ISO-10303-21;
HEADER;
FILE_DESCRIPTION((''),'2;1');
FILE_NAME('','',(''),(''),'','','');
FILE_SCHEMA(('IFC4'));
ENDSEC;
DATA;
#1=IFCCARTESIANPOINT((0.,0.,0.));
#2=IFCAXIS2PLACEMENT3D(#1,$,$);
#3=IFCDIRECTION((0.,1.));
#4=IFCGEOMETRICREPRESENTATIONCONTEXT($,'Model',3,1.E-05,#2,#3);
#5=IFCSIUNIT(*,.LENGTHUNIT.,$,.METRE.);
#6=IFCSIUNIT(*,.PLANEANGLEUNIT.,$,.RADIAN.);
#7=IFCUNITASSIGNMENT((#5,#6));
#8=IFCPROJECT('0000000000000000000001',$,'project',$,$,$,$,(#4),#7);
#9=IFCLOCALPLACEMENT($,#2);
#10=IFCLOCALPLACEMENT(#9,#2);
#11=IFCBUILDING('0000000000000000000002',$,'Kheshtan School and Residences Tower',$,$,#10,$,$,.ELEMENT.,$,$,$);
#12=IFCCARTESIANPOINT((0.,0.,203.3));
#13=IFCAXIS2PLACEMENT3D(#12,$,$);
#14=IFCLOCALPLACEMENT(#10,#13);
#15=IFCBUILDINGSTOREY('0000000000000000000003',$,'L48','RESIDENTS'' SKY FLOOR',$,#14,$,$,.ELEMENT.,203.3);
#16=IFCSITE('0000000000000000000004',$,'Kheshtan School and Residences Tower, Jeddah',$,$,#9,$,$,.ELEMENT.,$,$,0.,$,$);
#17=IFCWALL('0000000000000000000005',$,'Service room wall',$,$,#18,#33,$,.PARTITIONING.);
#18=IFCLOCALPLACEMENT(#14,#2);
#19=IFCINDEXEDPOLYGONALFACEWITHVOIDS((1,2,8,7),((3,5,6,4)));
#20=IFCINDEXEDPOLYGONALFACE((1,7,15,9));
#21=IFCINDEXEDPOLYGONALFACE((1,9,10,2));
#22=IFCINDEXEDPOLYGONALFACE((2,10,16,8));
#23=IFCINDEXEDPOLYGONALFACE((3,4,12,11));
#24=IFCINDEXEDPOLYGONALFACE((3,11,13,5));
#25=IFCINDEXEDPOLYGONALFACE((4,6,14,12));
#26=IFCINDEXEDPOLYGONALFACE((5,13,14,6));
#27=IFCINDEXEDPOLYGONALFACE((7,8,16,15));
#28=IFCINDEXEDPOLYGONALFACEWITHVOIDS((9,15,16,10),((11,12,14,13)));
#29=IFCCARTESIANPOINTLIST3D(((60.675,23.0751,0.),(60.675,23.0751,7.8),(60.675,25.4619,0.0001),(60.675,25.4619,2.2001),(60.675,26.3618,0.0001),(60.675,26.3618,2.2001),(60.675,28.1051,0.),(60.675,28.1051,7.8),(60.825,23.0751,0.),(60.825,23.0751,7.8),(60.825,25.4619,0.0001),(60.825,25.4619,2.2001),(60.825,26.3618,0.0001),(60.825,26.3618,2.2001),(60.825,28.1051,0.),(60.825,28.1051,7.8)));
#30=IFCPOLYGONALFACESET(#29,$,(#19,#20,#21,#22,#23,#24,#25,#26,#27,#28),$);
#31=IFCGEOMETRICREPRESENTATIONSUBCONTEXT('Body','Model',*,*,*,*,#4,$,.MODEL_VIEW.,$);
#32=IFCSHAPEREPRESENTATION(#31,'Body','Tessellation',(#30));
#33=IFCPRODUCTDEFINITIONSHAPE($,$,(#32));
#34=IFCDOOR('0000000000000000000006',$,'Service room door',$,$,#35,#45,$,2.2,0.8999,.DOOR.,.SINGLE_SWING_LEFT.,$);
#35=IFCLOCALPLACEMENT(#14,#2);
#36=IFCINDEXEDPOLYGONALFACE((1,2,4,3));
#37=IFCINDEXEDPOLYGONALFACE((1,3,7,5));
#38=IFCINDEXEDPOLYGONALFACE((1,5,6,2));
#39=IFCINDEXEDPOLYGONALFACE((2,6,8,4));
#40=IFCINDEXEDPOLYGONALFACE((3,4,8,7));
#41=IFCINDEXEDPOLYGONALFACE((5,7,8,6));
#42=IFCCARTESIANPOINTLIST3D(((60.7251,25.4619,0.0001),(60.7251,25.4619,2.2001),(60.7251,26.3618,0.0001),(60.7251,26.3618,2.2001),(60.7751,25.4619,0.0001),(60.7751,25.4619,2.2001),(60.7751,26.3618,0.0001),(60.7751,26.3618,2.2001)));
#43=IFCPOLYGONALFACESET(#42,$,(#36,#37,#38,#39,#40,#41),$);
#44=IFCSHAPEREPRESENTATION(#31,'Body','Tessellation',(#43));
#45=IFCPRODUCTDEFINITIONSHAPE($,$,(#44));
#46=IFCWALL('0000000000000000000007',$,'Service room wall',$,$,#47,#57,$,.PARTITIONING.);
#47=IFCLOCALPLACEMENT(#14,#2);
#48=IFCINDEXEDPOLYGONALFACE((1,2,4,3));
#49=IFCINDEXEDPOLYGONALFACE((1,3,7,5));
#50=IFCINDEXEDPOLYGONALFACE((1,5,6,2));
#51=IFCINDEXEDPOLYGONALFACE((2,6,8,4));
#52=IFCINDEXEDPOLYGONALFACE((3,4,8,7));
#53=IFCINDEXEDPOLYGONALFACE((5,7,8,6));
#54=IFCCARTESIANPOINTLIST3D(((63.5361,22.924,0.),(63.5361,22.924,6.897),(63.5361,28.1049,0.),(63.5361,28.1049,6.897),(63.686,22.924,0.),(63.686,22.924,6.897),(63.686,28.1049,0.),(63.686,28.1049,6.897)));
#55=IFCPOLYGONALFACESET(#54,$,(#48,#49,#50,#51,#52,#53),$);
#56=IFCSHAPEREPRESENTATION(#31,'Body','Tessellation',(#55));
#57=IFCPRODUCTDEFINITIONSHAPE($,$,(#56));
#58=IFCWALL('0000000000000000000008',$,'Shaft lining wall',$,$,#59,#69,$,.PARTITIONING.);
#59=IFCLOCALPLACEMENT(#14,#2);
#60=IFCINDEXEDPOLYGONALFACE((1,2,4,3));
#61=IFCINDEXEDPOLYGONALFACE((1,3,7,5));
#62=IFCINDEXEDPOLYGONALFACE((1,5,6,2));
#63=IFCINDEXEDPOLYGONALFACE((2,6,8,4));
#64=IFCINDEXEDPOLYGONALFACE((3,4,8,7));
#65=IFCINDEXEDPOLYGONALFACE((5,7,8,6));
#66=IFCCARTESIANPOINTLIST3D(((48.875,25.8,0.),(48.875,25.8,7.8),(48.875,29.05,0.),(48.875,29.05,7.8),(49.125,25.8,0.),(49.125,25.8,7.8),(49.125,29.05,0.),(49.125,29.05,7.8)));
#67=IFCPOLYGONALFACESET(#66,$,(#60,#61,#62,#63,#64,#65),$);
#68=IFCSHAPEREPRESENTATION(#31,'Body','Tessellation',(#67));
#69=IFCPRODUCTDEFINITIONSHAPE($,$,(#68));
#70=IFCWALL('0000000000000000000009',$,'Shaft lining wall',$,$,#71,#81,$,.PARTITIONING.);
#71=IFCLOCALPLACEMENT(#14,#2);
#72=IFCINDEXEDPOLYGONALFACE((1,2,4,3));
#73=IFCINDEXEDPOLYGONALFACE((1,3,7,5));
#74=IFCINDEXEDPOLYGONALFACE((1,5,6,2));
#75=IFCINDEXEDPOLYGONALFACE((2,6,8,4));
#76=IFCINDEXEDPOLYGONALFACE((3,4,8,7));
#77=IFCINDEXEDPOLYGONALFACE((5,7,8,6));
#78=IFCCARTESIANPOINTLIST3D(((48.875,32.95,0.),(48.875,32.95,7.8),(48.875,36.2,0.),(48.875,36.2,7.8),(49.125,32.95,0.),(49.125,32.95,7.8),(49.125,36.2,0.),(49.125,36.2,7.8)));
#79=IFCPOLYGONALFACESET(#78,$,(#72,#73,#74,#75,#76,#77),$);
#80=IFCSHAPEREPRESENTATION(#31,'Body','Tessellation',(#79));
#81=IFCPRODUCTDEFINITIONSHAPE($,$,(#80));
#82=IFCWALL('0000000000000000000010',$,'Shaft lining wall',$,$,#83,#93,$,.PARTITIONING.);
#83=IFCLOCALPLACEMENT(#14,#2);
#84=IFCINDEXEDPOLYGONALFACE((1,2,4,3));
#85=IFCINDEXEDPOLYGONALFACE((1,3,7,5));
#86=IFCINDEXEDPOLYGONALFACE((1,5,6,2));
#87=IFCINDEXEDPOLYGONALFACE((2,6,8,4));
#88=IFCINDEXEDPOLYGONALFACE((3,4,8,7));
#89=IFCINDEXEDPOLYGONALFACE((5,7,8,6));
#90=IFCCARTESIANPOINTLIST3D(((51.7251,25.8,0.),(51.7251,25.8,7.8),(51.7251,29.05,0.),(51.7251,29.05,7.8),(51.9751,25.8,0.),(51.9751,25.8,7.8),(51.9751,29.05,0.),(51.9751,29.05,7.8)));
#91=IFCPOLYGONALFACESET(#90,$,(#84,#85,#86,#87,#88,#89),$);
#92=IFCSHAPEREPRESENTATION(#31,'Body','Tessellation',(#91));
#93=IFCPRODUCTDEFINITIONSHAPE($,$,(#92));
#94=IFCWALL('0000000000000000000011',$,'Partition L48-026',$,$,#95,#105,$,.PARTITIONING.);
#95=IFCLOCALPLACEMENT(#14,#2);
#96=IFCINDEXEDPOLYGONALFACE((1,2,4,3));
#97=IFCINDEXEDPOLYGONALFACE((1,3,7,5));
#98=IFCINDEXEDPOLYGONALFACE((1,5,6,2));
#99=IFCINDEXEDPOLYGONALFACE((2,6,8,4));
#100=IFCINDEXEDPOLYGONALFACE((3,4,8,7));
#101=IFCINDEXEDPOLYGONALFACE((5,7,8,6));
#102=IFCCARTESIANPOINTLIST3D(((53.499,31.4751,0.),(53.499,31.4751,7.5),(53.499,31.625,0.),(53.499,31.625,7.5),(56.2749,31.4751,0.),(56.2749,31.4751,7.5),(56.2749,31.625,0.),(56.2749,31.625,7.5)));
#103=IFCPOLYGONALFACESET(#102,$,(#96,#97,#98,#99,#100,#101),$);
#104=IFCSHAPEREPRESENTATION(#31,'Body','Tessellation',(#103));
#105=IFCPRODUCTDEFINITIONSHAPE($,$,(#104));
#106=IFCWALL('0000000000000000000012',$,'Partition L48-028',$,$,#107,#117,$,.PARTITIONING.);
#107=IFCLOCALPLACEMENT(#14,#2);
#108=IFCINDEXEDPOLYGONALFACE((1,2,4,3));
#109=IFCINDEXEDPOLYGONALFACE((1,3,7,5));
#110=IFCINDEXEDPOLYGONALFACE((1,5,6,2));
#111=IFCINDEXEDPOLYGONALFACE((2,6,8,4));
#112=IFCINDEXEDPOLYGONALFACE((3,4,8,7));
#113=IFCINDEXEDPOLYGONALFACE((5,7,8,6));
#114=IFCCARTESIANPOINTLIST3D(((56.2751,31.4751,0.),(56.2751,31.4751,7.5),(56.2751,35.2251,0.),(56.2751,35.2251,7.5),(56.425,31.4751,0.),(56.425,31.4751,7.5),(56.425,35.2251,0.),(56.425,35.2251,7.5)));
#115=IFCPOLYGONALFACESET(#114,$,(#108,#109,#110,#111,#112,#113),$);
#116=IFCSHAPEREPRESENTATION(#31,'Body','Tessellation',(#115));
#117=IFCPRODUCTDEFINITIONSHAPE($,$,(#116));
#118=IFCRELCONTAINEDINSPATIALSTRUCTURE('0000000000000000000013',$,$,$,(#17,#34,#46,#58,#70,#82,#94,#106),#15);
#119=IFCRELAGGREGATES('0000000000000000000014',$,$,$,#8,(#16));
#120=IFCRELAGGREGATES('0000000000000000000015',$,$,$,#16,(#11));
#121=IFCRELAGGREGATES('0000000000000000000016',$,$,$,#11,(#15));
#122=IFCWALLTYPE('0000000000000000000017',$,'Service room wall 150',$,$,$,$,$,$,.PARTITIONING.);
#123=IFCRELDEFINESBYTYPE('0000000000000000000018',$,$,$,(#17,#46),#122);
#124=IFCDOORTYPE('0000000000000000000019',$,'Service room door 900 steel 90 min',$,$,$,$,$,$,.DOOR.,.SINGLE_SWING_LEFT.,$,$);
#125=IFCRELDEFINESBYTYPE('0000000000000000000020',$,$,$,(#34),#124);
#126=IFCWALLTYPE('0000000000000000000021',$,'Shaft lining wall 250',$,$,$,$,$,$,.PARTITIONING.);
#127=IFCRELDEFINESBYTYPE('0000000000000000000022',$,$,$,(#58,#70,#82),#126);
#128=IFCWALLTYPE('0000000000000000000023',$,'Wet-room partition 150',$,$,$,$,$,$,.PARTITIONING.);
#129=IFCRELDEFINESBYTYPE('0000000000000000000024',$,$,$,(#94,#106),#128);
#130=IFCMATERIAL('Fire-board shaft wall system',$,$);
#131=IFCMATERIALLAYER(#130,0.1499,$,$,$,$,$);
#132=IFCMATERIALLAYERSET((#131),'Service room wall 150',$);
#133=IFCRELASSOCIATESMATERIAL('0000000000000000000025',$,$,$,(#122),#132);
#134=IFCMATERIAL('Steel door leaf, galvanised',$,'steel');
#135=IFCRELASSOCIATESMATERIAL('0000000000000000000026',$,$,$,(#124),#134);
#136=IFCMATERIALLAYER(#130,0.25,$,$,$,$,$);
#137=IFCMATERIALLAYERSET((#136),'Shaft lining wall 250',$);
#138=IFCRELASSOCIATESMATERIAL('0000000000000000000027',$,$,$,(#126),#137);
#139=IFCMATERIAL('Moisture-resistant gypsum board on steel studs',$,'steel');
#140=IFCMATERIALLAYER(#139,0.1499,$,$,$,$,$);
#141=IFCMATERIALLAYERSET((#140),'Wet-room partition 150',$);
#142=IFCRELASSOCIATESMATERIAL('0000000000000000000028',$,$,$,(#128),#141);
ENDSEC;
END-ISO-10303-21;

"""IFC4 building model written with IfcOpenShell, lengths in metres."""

from ifc_helpers import new_model, si_unit, direction, frame, frame_2d, origin, place, context, subcontext, project, spatial, rectangle, extrude, source, transform, mapped, material, layer, layer_set, type_object, element, fill, save


model = new_model("IFC4")

# Units and contexts
model_context = context("Model", 3, precision=1e-05, world=origin(), true_north=direction((0.0, 1.0)))
body_context = subcontext(model_context, "Body", "Model", "MODEL_VIEW")
ifc_project = project(units=[si_unit("LENGTHUNIT", "METRE"), si_unit("PLANEANGLEUNIT", "RADIAN")], contexts=[model_context])

# Site, building, storey
site_placement = place(None, origin())
site = spatial("IfcSite", under=ifc_project, at=site_placement, Name="Kheshtan School and Residences Tower, Jeddah", CompositionType="ELEMENT", RefElevation=0.0)
building_placement = place(site_placement, origin())
building = spatial("IfcBuilding", under=site, at=building_placement, Name="Kheshtan School and Residences Tower", CompositionType="ELEMENT")
storey_placement = place(building_placement, frame((0.0, 0.0, 203.3)))
storey = spatial("IfcBuildingStorey", under=building, at=storey_placement, Name="L48", Description="RESIDENTS' SKY FLOOR", CompositionType="ELEMENT", Elevation=203.3)

# Shared definitions
ifc_material_1 = material(Name="Fire-board shaft wall system")
ifc_layer_1 = layer(ifc_material_1, 0.1499)
ifc_layer_set_1 = layer_set([ifc_layer_1], Name="Service room wall 150")
wall_type_1 = type_object("IfcWallType", Name="Service room wall 150", PredefinedType="PARTITIONING", material=ifc_layer_set_1)

# Wall, opening, door
wall_1_placement = place(storey_placement, frame((60.75, 23.075, 0.0), z_axis=(0.0, 0.0, 1.0), x_axis=(0.0, 1.0, 0.0)))
wall_1 = element("IfcWall", 1, at=wall_1_placement, inside=storey, type_object=wall_type_1, Name="Service room wall", PredefinedType="PARTITIONING", context=body_context, shape_type="SweptSolid", body=[
    extrude(rectangle(XDim=5.03, YDim=0.1499, at=frame_2d((2.5151, 0.0))), origin(), (0.0, 0.0, 1.0), 7.8),
])
opening_1_placement = place(wall_1_placement, frame((2.387, 0.0, 0.0)))
opening_1 = element("IfcOpeningElement", 2, at=opening_1_placement, cuts=wall_1, PredefinedType="OPENING", context=body_context, shape_type="SweptSolid", body=[
    extrude(rectangle(XDim=0.8999, YDim=2.2, at=frame_2d((0.45, 1.1001))), frame((0.0, 0.085, 0.0), z_axis=(0.0, -1.0, 0.0), x_axis=(1.0, 0.0, 0.0)), (0.0, 0.0, 1.0), 0.1699),
])
ifc_material_2 = material(Name="Steel door leaf, galvanised", Category="steel")
door_type_1 = type_object("IfcDoorType", Name="Service room door 900 steel 90 min", OperationType="SINGLE_SWING_LEFT", PredefinedType="DOOR", material=ifc_material_2)
shared_shape_1 = source(origin(), body_context, "Body", "SweptSolid", [
    extrude(rectangle(XDim=0.8999, YDim=2.2, at=frame_2d((0.45, 1.1001))), frame((0.0, 0.0249, 0.0), z_axis=(0.0, -1.0, 0.0), x_axis=(1.0, 0.0, 0.0)), (0.0, 0.0, 1.0), 0.05),
])
door_1_placement = place(opening_1_placement, origin())
door_1 = element("IfcDoor", 3, at=door_1_placement, inside=storey, type_object=door_type_1, Name="Service room door", OperationType="SINGLE_SWING_LEFT", OverallHeight=2.2, OverallWidth=0.8999, PredefinedType="DOOR", context=body_context, shape_type="MappedRepresentation", body=[
    mapped(shared_shape_1, transform((0.0, 0.0, 0.0), x_axis=(1.0, 0.0, 0.0), y_axis=(0.0, 1.0, 0.0), z_axis=(0.0, 0.0, 1.0), scale=1.0)),
])
fill(opening_1, door_1)

# Walls
wall_2_placement = place(storey_placement, frame((63.6111, 22.9241, 0.0), z_axis=(0.0, 0.0, 1.0), x_axis=(0.0, 1.0, 0.0)))
element("IfcWall", 4, at=wall_2_placement, inside=storey, type_object=wall_type_1, Name="Service room wall", PredefinedType="PARTITIONING", context=body_context, shape_type="SweptSolid", body=[
    extrude(rectangle(XDim=5.1809, YDim=0.1499, at=frame_2d((2.5903, 0.0))), origin(), (0.0, 0.0, 1.0), 6.897),
])
ifc_layer_2 = layer(ifc_material_1, 0.25)
ifc_layer_set_2 = layer_set([ifc_layer_2], Name="Shaft lining wall 250")
wall_type_2 = type_object("IfcWallType", Name="Shaft lining wall 250", PredefinedType="PARTITIONING", material=ifc_layer_set_2)
for number, where, z_axis, x_axis, name in (
    (5, (49.0, 25.8, 0.0), (0.0, 0.0, 1.0), (0.0, 1.0, 0.0), "Shaft lining wall"),
    (6, (49.0, 32.95, 0.0), (0.0, 0.0, 1.0), (0.0, 1.0, 0.0), "Shaft lining wall"),
    (7, (51.8501, 25.8, 0.0), (0.0, 0.0, 1.0), (0.0, 1.0, 0.0), "Shaft lining wall"),
):
    element("IfcWall", number, at=place(storey_placement, frame(where, z_axis=z_axis, x_axis=x_axis)), inside=storey, type_object=wall_type_2, Name=name, PredefinedType="PARTITIONING", context=body_context, shape_type="SweptSolid", body=[
        extrude(rectangle(XDim=3.25, YDim=0.25, at=frame_2d((1.625, 0.0))), origin(), (0.0, 0.0, 1.0), 7.8),
    ])
ifc_material_3 = material(Name="Moisture-resistant gypsum board on steel studs", Category="steel")
ifc_layer_3 = layer(ifc_material_3, 0.1499)
ifc_layer_set_3 = layer_set([ifc_layer_3], Name="Wet-room partition 150")
wall_type_3 = type_object("IfcWallType", Name="Wet-room partition 150", PredefinedType="PARTITIONING", material=ifc_layer_set_3)
wall_3_placement = place(storey_placement, frame((53.499, 31.55, 0.0), z_axis=(0.0, 0.0, 1.0), x_axis=(1.0, 0.0, 0.0)))
element("IfcWall", 8, at=wall_3_placement, inside=storey, type_object=wall_type_3, Name="Partition L48-026", PredefinedType="PARTITIONING", context=body_context, shape_type="SweptSolid", body=[
    extrude(rectangle(XDim=2.7759, YDim=0.1499, at=frame_2d((1.3879, 0.0))), origin(), (0.0, 0.0, 1.0), 7.5),
])
wall_4_placement = place(storey_placement, frame((56.3501, 31.4751, 0.0), z_axis=(0.0, 0.0, 1.0), x_axis=(0.0, 1.0, 0.0)))
element("IfcWall", 9, at=wall_4_placement, inside=storey, type_object=wall_type_3, Name="Partition L48-028", PredefinedType="PARTITIONING", context=body_context, shape_type="SweptSolid", body=[
    extrude(rectangle(XDim=3.75, YDim=0.1499, at=frame_2d((1.875, 0.0))), origin(), (0.0, 0.0, 1.0), 7.5),
])

save(model, "model.ifc")
